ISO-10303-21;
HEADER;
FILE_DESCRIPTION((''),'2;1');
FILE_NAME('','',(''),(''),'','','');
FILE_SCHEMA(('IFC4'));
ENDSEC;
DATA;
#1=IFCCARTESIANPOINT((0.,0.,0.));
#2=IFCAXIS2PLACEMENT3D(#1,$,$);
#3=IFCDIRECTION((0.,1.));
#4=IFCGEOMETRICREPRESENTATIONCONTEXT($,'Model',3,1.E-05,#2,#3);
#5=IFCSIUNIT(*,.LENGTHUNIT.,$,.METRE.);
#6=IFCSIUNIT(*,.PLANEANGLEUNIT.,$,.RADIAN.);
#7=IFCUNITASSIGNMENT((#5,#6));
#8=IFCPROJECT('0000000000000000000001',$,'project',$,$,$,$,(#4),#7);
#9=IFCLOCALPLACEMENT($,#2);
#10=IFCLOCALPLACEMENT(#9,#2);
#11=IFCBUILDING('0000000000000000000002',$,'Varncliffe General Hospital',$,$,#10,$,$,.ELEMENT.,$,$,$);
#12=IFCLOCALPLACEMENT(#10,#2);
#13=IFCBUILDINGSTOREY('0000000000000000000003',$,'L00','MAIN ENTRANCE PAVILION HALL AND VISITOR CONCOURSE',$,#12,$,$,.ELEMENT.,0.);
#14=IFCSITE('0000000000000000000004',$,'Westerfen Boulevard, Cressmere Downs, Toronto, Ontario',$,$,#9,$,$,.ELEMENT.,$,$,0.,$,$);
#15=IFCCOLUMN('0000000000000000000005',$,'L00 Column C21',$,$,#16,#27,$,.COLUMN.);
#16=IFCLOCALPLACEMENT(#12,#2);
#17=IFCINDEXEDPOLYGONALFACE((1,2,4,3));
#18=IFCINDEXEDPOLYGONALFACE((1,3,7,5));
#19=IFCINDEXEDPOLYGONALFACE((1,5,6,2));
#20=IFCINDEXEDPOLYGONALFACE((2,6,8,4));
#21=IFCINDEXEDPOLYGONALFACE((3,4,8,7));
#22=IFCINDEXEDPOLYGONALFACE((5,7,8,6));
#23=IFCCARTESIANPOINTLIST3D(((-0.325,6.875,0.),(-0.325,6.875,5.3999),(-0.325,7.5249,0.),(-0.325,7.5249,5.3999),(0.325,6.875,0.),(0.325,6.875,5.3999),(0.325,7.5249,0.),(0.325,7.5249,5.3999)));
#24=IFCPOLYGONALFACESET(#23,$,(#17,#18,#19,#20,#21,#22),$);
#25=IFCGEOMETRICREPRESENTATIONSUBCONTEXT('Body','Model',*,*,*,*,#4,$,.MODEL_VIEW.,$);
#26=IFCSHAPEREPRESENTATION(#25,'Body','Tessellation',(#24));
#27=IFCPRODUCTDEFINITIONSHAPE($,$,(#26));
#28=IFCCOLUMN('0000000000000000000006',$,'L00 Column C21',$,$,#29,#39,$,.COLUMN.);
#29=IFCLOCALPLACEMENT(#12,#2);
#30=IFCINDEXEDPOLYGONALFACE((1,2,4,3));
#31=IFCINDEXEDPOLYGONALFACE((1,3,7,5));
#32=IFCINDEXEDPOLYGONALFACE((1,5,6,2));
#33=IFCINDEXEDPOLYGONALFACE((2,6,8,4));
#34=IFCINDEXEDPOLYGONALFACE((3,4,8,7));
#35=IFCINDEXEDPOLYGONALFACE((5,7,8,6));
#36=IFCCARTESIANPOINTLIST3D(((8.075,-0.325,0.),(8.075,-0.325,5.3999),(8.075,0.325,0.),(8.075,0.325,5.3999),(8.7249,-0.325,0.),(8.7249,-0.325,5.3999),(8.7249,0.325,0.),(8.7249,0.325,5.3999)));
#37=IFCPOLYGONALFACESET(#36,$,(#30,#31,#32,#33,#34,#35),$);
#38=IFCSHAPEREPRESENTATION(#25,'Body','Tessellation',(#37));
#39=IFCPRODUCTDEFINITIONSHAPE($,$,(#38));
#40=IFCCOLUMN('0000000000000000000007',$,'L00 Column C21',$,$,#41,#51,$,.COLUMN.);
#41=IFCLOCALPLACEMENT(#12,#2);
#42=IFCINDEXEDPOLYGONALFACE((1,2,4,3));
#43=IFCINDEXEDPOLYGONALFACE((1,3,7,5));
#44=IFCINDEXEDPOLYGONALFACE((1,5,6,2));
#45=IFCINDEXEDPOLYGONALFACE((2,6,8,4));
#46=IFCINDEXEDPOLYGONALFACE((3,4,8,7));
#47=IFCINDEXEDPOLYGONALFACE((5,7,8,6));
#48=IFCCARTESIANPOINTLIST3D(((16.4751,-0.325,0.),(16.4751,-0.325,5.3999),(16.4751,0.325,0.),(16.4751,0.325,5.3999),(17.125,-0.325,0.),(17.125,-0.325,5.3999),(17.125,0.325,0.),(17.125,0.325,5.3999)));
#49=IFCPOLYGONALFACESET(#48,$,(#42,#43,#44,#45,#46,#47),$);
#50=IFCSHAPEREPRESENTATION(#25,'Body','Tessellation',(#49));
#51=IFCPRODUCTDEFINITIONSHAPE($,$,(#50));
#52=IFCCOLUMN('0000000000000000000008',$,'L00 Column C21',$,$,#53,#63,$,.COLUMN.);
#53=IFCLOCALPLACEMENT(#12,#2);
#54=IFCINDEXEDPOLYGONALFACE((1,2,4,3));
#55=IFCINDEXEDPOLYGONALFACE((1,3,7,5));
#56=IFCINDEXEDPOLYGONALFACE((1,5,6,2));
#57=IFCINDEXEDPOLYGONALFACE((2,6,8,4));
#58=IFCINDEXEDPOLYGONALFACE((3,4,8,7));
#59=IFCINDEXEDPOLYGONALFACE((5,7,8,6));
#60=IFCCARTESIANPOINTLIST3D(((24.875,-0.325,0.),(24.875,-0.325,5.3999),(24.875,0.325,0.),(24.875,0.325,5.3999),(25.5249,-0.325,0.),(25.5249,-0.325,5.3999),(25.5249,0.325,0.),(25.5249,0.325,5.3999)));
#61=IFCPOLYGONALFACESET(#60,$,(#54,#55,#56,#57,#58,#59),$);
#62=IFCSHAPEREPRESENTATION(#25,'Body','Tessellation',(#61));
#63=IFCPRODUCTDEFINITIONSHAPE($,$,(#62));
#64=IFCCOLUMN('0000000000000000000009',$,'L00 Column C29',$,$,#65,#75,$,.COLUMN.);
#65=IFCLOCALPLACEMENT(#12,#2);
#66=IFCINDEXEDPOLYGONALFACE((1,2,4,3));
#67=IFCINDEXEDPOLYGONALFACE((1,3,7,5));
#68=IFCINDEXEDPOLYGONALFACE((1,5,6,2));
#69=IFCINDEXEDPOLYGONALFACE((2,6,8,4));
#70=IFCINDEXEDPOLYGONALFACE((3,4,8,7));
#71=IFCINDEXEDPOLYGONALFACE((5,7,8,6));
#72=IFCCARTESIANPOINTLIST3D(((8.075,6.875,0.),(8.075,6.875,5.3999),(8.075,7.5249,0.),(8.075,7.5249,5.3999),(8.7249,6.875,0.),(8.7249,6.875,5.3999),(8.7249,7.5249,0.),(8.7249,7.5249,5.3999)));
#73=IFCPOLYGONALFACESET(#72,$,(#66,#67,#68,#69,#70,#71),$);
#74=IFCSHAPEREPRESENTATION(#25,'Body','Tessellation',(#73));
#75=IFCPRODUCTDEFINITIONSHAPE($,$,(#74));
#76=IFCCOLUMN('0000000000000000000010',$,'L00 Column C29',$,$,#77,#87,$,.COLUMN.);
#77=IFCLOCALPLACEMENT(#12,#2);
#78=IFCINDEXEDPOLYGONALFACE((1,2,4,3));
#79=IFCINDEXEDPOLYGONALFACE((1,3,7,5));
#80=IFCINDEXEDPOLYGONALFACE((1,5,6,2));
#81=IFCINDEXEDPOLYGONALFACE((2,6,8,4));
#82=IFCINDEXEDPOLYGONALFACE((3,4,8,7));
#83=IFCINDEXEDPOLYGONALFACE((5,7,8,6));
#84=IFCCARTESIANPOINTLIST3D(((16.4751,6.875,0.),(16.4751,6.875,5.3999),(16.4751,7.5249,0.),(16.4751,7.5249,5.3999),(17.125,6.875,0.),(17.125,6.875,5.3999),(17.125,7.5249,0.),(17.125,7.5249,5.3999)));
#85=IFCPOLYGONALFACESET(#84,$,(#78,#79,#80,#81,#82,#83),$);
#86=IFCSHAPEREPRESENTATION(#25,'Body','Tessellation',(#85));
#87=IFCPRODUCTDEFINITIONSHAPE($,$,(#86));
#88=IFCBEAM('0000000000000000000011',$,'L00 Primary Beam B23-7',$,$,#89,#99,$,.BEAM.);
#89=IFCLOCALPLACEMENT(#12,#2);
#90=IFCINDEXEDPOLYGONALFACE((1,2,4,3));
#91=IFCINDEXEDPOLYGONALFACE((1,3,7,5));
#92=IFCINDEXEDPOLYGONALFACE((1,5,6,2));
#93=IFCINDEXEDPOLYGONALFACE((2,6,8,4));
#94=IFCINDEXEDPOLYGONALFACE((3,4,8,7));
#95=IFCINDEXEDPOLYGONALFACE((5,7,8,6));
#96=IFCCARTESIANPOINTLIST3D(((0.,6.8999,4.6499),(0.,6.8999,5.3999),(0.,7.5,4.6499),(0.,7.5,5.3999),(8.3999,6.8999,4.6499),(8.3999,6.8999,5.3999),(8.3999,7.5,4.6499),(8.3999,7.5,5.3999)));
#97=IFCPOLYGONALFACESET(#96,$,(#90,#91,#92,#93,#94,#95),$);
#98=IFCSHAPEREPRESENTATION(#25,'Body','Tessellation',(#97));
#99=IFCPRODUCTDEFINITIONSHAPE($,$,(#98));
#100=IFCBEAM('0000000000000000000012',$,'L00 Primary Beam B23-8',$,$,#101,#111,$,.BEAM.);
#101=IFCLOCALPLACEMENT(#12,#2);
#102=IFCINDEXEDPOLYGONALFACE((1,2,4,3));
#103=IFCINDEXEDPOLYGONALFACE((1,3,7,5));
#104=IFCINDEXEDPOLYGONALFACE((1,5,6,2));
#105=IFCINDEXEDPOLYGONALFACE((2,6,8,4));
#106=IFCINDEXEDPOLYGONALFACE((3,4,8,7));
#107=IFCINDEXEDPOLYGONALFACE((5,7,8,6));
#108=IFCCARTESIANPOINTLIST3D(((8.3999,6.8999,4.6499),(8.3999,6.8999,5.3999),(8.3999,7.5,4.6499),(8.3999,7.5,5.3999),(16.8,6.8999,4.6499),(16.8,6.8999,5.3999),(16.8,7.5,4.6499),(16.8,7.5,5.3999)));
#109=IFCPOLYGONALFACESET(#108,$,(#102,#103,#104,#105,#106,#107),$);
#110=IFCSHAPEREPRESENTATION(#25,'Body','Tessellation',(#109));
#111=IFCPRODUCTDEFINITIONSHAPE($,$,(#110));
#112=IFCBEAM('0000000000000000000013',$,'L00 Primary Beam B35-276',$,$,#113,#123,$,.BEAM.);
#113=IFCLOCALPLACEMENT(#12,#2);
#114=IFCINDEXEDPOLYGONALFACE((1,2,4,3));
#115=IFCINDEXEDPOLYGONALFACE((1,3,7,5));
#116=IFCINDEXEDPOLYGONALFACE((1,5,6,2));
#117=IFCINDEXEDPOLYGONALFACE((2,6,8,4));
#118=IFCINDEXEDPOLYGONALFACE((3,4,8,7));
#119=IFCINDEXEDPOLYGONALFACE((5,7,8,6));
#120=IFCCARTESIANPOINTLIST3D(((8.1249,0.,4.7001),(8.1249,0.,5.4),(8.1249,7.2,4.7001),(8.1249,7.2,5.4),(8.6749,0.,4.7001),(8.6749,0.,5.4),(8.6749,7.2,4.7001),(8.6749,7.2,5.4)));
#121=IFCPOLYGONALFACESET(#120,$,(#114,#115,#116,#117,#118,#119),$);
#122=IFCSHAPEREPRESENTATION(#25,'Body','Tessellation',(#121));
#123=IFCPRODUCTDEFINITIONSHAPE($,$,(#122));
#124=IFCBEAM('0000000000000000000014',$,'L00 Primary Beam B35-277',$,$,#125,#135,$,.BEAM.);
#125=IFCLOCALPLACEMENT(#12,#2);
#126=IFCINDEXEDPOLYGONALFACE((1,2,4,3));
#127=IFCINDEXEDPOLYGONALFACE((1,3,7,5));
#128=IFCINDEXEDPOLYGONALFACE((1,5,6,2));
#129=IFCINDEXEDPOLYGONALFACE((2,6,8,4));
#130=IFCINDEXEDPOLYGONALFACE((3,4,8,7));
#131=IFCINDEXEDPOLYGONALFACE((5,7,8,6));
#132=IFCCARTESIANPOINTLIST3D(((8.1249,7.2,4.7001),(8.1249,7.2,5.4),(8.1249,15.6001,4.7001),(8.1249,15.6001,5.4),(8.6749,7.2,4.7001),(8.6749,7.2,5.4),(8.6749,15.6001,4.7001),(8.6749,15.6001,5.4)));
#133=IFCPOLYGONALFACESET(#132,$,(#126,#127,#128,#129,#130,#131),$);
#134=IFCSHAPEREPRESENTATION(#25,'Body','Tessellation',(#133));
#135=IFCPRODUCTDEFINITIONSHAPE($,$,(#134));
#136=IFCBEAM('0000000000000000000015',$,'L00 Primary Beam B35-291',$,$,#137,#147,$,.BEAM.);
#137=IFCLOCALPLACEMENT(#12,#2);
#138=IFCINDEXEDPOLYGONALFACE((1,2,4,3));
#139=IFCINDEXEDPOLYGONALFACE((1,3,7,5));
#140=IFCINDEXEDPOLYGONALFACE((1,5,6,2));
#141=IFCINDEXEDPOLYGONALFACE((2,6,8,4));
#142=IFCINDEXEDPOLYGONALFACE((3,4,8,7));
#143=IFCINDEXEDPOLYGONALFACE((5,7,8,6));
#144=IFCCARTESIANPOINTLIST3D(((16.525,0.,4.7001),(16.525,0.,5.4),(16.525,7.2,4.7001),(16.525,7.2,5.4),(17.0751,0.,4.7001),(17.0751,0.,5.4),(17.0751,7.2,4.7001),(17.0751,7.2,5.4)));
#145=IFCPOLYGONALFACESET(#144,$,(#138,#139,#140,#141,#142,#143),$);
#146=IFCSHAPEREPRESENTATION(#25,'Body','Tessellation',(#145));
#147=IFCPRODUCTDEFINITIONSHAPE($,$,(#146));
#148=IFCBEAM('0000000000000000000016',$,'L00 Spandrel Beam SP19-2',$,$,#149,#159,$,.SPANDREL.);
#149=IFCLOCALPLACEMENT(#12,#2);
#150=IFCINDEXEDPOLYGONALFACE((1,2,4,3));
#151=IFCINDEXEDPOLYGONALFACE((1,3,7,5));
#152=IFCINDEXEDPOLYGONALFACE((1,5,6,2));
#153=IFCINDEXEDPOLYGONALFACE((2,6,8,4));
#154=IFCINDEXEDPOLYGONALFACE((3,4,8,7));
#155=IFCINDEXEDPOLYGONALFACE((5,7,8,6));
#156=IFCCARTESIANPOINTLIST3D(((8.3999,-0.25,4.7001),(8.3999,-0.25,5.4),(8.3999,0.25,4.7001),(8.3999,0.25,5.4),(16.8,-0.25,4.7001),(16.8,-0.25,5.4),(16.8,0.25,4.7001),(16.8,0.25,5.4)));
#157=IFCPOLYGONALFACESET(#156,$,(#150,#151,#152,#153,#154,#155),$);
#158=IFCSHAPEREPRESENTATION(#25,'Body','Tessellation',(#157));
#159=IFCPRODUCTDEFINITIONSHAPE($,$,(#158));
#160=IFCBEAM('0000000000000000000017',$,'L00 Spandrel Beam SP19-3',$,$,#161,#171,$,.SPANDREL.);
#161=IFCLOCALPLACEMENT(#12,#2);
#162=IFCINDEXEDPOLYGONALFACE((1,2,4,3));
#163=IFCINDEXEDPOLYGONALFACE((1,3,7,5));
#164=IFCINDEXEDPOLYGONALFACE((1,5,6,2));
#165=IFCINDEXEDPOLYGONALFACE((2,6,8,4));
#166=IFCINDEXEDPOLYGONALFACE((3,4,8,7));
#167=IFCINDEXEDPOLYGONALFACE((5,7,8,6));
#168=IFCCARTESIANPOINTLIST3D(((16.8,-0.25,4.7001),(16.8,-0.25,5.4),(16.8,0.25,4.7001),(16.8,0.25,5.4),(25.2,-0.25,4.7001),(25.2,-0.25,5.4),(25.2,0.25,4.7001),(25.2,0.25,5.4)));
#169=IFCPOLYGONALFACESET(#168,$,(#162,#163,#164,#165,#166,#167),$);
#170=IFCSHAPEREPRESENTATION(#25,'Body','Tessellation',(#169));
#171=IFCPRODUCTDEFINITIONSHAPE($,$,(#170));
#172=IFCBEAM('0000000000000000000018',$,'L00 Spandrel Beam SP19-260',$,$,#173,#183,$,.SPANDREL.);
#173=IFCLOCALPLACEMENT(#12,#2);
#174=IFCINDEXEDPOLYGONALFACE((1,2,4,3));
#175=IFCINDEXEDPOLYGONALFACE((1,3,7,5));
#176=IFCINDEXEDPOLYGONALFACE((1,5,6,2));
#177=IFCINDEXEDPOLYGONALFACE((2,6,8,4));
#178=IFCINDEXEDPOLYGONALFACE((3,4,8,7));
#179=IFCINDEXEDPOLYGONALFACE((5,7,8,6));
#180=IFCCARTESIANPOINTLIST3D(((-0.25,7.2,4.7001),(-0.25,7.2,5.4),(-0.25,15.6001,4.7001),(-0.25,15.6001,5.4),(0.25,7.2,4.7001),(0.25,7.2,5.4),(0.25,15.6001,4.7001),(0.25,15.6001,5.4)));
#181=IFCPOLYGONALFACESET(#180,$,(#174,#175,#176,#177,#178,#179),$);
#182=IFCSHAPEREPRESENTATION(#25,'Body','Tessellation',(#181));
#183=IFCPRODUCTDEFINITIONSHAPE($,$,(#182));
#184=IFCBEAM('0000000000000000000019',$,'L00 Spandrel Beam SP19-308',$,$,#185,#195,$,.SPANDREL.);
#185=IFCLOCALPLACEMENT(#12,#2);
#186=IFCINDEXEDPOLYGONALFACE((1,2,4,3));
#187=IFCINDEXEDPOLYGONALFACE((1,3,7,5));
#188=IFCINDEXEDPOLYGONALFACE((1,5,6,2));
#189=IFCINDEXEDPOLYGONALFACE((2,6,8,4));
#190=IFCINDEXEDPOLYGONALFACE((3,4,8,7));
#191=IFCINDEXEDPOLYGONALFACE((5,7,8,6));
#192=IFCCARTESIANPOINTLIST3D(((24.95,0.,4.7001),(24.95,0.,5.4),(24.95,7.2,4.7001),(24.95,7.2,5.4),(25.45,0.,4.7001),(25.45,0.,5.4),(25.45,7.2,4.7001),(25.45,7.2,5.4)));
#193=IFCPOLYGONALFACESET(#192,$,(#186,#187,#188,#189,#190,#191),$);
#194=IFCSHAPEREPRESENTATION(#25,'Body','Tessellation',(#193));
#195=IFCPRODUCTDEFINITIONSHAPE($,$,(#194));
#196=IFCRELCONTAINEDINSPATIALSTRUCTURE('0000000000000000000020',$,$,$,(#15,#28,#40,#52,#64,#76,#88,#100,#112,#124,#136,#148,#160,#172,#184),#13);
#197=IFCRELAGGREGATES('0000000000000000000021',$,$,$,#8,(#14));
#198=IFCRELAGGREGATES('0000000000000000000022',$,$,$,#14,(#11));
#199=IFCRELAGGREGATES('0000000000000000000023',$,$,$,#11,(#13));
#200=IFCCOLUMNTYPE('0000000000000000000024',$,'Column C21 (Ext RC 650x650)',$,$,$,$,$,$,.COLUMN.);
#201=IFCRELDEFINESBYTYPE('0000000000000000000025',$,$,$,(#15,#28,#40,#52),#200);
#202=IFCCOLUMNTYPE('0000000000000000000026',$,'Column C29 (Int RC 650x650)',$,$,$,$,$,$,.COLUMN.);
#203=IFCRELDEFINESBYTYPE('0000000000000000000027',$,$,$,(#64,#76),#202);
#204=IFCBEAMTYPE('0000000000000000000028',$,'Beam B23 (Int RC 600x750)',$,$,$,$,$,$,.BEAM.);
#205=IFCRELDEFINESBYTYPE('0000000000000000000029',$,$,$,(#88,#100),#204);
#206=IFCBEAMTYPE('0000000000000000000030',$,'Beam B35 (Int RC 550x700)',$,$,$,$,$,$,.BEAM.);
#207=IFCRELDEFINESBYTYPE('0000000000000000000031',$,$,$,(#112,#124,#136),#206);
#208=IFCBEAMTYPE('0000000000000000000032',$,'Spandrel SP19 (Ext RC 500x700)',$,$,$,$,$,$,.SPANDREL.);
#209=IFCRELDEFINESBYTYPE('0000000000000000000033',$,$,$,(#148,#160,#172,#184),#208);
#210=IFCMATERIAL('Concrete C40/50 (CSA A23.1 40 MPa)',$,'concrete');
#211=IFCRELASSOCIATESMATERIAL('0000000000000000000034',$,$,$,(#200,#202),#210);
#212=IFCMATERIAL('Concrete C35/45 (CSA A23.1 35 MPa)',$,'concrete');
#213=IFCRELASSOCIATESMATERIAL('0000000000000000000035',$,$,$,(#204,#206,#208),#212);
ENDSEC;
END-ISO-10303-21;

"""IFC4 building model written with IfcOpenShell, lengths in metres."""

from ifc_helpers import new_model, si_unit, direction, frame, origin, origin_2d, place, context, subcontext, project, spatial, rectangle, extrude, material, material_profile, profile_set, type_object, element, save


model = new_model("IFC4")

# Units and contexts
model_context = context("Model", 3, precision=1e-05, world=origin(), true_north=direction((0.0, 1.0)))
body_context = subcontext(model_context, "Body", "Model", "MODEL_VIEW")
ifc_project = project(units=[si_unit("LENGTHUNIT", "METRE"), si_unit("PLANEANGLEUNIT", "RADIAN")], contexts=[model_context])

# Site, building, storey
site_placement = place(None, origin())
site = spatial("IfcSite", under=ifc_project, at=site_placement, Name="Westerfen Boulevard, Cressmere Downs, Toronto, Ontario", CompositionType="ELEMENT", RefElevation=0.0)
building_placement = place(site_placement, origin())
building = spatial("IfcBuilding", under=site, at=building_placement, Name="Varncliffe General Hospital", CompositionType="ELEMENT")
storey_placement = place(building_placement, origin())
storey = spatial("IfcBuildingStorey", under=building, at=storey_placement, Name="L00", Description="MAIN ENTRANCE PAVILION HALL AND VISITOR CONCOURSE", CompositionType="ELEMENT", Elevation=0.0)

# Columns
ifc_material_1 = material(Name="Concrete C40/50 (CSA A23.1 40 MPa)", Category="concrete")
ifc_material_profile_1 = material_profile(ifc_material_1, rectangle(XDim=0.6499, YDim=0.6499, at=origin_2d()), Name="RC 650x650")
ifc_profile_set_1 = profile_set([ifc_material_profile_1], Name="Concrete C40/50 (CSA A23.1 40 MPa)")
column_type_1 = type_object("IfcColumnType", Name="Column C21 (Ext RC 650x650)", PredefinedType="COLUMN", material=ifc_profile_set_1)
for number, where, z_axis, x_axis, name in (
    (1, (0.0, 7.2, 0.0), (0.0, 0.0, 1.0), (1.0, 0.0, 0.0), "L00 Column C21"),
    (2, (8.3999, 0.0, 0.0), (0.0, 0.0, 1.0), (1.0, 0.0, 0.0), "L00 Column C21"),
    (3, (16.8, 0.0, 0.0), (0.0, 0.0, 1.0), (1.0, 0.0, 0.0), "L00 Column C21"),
    (4, (25.2, 0.0, 0.0), (0.0, 0.0, 1.0), (1.0, 0.0, 0.0), "L00 Column C21"),
):
    element("IfcColumn", number, at=place(storey_placement, frame(where, z_axis=z_axis, x_axis=x_axis)), inside=storey, type_object=column_type_1, Name=name, PredefinedType="COLUMN", context=body_context, shape_type="SweptSolid", body=[
        extrude(rectangle(XDim=0.6499, YDim=0.6499, at=origin_2d()), origin(), (0.0, 0.0, 1.0), 5.3999),
    ])
ifc_material_profile_2 = material_profile(ifc_material_1, rectangle(XDim=0.6499, YDim=0.6499, at=origin_2d()), Name="RC 650x650")
ifc_profile_set_2 = profile_set([ifc_material_profile_2], Name="Concrete C40/50 (CSA A23.1 40 MPa)")
column_type_2 = type_object("IfcColumnType", Name="Column C29 (Int RC 650x650)", PredefinedType="COLUMN", material=ifc_profile_set_2)
for number, where, z_axis, x_axis, name in (
    (5, (8.3999, 7.2, 0.0), (0.0, 0.0, 1.0), (1.0, 0.0, 0.0), "L00 Column C29"),
    (6, (16.8, 7.2, 0.0), (0.0, 0.0, 1.0), (1.0, 0.0, 0.0), "L00 Column C29"),
):
    element("IfcColumn", number, at=place(storey_placement, frame(where, z_axis=z_axis, x_axis=x_axis)), inside=storey, type_object=column_type_2, Name=name, PredefinedType="COLUMN", context=body_context, shape_type="SweptSolid", body=[
        extrude(rectangle(XDim=0.6499, YDim=0.6499, at=origin_2d()), origin(), (0.0, 0.0, 1.0), 5.3999),
    ])

# Beams
ifc_material_2 = material(Name="Concrete C35/45 (CSA A23.1 35 MPa)", Category="concrete")
ifc_material_profile_3 = material_profile(ifc_material_2, rectangle(XDim=0.6001, YDim=0.75, at=origin_2d()), Name="RC 600x750")
ifc_profile_set_3 = profile_set([ifc_material_profile_3], Name="Concrete C35/45 (CSA A23.1 35 MPa)")
beam_type_1 = type_object("IfcBeamType", Name="Beam B23 (Int RC 600x750)", PredefinedType="BEAM", material=ifc_profile_set_3)
beam_1_placement = place(storey_placement, frame((0.0, 7.2, 5.0249), z_axis=(1.0, 0.0, 0.0), x_axis=(0.0, 1.0, 0.0)))
element("IfcBeam", 7, at=beam_1_placement, inside=storey, type_object=beam_type_1, Name="L00 Primary Beam B23-7", PredefinedType="BEAM", context=body_context, shape_type="SweptSolid", body=[
    extrude(rectangle(XDim=0.6001, YDim=0.75, at=origin_2d()), origin(), (0.0, 0.0, 1.0), 8.3999),
])
beam_2_placement = place(storey_placement, frame((8.3999, 7.2, 5.0249), z_axis=(1.0, 0.0, 0.0), x_axis=(0.0, 1.0, 0.0)))
element("IfcBeam", 8, at=beam_2_placement, inside=storey, type_object=beam_type_1, Name="L00 Primary Beam B23-8", PredefinedType="BEAM", context=body_context, shape_type="SweptSolid", body=[
    extrude(rectangle(XDim=0.6001, YDim=0.75, at=origin_2d()), origin(), (0.0, 0.0, 1.0), 8.4001),
])
ifc_material_profile_4 = material_profile(ifc_material_2, rectangle(XDim=0.55, YDim=0.7, at=origin_2d()), Name="RC 550x700")
ifc_profile_set_4 = profile_set([ifc_material_profile_4], Name="Concrete C35/45 (CSA A23.1 35 MPa)")
beam_type_2 = type_object("IfcBeamType", Name="Beam B35 (Int RC 550x700)", PredefinedType="BEAM", material=ifc_profile_set_4)
beam_3_placement = place(storey_placement, frame((8.3999, 0.0, 5.05), z_axis=(0.0, 1.0, 0.0), x_axis=(-1.0, 0.0, 0.0)))
element("IfcBeam", 9, at=beam_3_placement, inside=storey, type_object=beam_type_2, Name="L00 Primary Beam B35-276", PredefinedType="BEAM", context=body_context, shape_type="SweptSolid", body=[
    extrude(rectangle(XDim=0.55, YDim=0.7, at=origin_2d()), origin(), (0.0, 0.0, 1.0), 7.2),
])
beam_4_placement = place(storey_placement, frame((8.3999, 7.2, 5.05), z_axis=(0.0, 1.0, 0.0), x_axis=(-1.0, 0.0, 0.0)))
element("IfcBeam", 10, at=beam_4_placement, inside=storey, type_object=beam_type_2, Name="L00 Primary Beam B35-277", PredefinedType="BEAM", context=body_context, shape_type="SweptSolid", body=[
    extrude(rectangle(XDim=0.55, YDim=0.7, at=origin_2d()), origin(), (0.0, 0.0, 1.0), 8.4001),
])
beam_5_placement = place(storey_placement, frame((16.8, 0.0, 5.05), z_axis=(0.0, 1.0, 0.0), x_axis=(-1.0, 0.0, 0.0)))
element("IfcBeam", 11, at=beam_5_placement, inside=storey, type_object=beam_type_2, Name="L00 Primary Beam B35-291", PredefinedType="BEAM", context=body_context, shape_type="SweptSolid", body=[
    extrude(rectangle(XDim=0.55, YDim=0.7, at=origin_2d()), origin(), (0.0, 0.0, 1.0), 7.2),
])
ifc_material_profile_5 = material_profile(ifc_material_2, rectangle(XDim=0.5, YDim=0.7, at=origin_2d()), Name="RC 500x700")
ifc_profile_set_5 = profile_set([ifc_material_profile_5], Name="Concrete C35/45 (CSA A23.1 35 MPa)")
beam_type_3 = type_object("IfcBeamType", Name="Spandrel SP19 (Ext RC 500x700)", PredefinedType="SPANDREL", material=ifc_profile_set_5)
beam_6_placement = place(storey_placement, frame((8.3999, 0.0, 5.05), z_axis=(1.0, 0.0, 0.0), x_axis=(0.0, 1.0, 0.0)))
element("IfcBeam", 12, at=beam_6_placement, inside=storey, type_object=beam_type_3, Name="L00 Spandrel Beam SP19-2", PredefinedType="SPANDREL", context=body_context, shape_type="SweptSolid", body=[
    extrude(rectangle(XDim=0.5, YDim=0.7, at=origin_2d()), origin(), (0.0, 0.0, 1.0), 8.4001),
])
beam_7_placement = place(storey_placement, frame((16.8, 0.0, 5.05), z_axis=(1.0, 0.0, 0.0), x_axis=(0.0, 1.0, 0.0)))
element("IfcBeam", 13, at=beam_7_placement, inside=storey, type_object=beam_type_3, Name="L00 Spandrel Beam SP19-3", PredefinedType="SPANDREL", context=body_context, shape_type="SweptSolid", body=[
    extrude(rectangle(XDim=0.5, YDim=0.7, at=origin_2d()), origin(), (0.0, 0.0, 1.0), 8.3999),
])
beam_8_placement = place(storey_placement, frame((0.0, 7.2, 5.05), z_axis=(0.0, 1.0, 0.0), x_axis=(-1.0, 0.0, 0.0)))
element("IfcBeam", 14, at=beam_8_placement, inside=storey, type_object=beam_type_3, Name="L00 Spandrel Beam SP19-260", PredefinedType="SPANDREL", context=body_context, shape_type="SweptSolid", body=[
    extrude(rectangle(XDim=0.5, YDim=0.7, at=origin_2d()), origin(), (0.0, 0.0, 1.0), 8.4001),
])
beam_9_placement = place(storey_placement, frame((25.2, 0.0, 5.05), z_axis=(0.0, 1.0, 0.0), x_axis=(-1.0, 0.0, 0.0)))
element("IfcBeam", 15, at=beam_9_placement, inside=storey, type_object=beam_type_3, Name="L00 Spandrel Beam SP19-308", PredefinedType="SPANDREL", context=body_context, shape_type="SweptSolid", body=[
    extrude(rectangle(XDim=0.5, YDim=0.7, at=origin_2d()), origin(), (0.0, 0.0, 1.0), 7.2),
])

save(model, "model.ifc")
